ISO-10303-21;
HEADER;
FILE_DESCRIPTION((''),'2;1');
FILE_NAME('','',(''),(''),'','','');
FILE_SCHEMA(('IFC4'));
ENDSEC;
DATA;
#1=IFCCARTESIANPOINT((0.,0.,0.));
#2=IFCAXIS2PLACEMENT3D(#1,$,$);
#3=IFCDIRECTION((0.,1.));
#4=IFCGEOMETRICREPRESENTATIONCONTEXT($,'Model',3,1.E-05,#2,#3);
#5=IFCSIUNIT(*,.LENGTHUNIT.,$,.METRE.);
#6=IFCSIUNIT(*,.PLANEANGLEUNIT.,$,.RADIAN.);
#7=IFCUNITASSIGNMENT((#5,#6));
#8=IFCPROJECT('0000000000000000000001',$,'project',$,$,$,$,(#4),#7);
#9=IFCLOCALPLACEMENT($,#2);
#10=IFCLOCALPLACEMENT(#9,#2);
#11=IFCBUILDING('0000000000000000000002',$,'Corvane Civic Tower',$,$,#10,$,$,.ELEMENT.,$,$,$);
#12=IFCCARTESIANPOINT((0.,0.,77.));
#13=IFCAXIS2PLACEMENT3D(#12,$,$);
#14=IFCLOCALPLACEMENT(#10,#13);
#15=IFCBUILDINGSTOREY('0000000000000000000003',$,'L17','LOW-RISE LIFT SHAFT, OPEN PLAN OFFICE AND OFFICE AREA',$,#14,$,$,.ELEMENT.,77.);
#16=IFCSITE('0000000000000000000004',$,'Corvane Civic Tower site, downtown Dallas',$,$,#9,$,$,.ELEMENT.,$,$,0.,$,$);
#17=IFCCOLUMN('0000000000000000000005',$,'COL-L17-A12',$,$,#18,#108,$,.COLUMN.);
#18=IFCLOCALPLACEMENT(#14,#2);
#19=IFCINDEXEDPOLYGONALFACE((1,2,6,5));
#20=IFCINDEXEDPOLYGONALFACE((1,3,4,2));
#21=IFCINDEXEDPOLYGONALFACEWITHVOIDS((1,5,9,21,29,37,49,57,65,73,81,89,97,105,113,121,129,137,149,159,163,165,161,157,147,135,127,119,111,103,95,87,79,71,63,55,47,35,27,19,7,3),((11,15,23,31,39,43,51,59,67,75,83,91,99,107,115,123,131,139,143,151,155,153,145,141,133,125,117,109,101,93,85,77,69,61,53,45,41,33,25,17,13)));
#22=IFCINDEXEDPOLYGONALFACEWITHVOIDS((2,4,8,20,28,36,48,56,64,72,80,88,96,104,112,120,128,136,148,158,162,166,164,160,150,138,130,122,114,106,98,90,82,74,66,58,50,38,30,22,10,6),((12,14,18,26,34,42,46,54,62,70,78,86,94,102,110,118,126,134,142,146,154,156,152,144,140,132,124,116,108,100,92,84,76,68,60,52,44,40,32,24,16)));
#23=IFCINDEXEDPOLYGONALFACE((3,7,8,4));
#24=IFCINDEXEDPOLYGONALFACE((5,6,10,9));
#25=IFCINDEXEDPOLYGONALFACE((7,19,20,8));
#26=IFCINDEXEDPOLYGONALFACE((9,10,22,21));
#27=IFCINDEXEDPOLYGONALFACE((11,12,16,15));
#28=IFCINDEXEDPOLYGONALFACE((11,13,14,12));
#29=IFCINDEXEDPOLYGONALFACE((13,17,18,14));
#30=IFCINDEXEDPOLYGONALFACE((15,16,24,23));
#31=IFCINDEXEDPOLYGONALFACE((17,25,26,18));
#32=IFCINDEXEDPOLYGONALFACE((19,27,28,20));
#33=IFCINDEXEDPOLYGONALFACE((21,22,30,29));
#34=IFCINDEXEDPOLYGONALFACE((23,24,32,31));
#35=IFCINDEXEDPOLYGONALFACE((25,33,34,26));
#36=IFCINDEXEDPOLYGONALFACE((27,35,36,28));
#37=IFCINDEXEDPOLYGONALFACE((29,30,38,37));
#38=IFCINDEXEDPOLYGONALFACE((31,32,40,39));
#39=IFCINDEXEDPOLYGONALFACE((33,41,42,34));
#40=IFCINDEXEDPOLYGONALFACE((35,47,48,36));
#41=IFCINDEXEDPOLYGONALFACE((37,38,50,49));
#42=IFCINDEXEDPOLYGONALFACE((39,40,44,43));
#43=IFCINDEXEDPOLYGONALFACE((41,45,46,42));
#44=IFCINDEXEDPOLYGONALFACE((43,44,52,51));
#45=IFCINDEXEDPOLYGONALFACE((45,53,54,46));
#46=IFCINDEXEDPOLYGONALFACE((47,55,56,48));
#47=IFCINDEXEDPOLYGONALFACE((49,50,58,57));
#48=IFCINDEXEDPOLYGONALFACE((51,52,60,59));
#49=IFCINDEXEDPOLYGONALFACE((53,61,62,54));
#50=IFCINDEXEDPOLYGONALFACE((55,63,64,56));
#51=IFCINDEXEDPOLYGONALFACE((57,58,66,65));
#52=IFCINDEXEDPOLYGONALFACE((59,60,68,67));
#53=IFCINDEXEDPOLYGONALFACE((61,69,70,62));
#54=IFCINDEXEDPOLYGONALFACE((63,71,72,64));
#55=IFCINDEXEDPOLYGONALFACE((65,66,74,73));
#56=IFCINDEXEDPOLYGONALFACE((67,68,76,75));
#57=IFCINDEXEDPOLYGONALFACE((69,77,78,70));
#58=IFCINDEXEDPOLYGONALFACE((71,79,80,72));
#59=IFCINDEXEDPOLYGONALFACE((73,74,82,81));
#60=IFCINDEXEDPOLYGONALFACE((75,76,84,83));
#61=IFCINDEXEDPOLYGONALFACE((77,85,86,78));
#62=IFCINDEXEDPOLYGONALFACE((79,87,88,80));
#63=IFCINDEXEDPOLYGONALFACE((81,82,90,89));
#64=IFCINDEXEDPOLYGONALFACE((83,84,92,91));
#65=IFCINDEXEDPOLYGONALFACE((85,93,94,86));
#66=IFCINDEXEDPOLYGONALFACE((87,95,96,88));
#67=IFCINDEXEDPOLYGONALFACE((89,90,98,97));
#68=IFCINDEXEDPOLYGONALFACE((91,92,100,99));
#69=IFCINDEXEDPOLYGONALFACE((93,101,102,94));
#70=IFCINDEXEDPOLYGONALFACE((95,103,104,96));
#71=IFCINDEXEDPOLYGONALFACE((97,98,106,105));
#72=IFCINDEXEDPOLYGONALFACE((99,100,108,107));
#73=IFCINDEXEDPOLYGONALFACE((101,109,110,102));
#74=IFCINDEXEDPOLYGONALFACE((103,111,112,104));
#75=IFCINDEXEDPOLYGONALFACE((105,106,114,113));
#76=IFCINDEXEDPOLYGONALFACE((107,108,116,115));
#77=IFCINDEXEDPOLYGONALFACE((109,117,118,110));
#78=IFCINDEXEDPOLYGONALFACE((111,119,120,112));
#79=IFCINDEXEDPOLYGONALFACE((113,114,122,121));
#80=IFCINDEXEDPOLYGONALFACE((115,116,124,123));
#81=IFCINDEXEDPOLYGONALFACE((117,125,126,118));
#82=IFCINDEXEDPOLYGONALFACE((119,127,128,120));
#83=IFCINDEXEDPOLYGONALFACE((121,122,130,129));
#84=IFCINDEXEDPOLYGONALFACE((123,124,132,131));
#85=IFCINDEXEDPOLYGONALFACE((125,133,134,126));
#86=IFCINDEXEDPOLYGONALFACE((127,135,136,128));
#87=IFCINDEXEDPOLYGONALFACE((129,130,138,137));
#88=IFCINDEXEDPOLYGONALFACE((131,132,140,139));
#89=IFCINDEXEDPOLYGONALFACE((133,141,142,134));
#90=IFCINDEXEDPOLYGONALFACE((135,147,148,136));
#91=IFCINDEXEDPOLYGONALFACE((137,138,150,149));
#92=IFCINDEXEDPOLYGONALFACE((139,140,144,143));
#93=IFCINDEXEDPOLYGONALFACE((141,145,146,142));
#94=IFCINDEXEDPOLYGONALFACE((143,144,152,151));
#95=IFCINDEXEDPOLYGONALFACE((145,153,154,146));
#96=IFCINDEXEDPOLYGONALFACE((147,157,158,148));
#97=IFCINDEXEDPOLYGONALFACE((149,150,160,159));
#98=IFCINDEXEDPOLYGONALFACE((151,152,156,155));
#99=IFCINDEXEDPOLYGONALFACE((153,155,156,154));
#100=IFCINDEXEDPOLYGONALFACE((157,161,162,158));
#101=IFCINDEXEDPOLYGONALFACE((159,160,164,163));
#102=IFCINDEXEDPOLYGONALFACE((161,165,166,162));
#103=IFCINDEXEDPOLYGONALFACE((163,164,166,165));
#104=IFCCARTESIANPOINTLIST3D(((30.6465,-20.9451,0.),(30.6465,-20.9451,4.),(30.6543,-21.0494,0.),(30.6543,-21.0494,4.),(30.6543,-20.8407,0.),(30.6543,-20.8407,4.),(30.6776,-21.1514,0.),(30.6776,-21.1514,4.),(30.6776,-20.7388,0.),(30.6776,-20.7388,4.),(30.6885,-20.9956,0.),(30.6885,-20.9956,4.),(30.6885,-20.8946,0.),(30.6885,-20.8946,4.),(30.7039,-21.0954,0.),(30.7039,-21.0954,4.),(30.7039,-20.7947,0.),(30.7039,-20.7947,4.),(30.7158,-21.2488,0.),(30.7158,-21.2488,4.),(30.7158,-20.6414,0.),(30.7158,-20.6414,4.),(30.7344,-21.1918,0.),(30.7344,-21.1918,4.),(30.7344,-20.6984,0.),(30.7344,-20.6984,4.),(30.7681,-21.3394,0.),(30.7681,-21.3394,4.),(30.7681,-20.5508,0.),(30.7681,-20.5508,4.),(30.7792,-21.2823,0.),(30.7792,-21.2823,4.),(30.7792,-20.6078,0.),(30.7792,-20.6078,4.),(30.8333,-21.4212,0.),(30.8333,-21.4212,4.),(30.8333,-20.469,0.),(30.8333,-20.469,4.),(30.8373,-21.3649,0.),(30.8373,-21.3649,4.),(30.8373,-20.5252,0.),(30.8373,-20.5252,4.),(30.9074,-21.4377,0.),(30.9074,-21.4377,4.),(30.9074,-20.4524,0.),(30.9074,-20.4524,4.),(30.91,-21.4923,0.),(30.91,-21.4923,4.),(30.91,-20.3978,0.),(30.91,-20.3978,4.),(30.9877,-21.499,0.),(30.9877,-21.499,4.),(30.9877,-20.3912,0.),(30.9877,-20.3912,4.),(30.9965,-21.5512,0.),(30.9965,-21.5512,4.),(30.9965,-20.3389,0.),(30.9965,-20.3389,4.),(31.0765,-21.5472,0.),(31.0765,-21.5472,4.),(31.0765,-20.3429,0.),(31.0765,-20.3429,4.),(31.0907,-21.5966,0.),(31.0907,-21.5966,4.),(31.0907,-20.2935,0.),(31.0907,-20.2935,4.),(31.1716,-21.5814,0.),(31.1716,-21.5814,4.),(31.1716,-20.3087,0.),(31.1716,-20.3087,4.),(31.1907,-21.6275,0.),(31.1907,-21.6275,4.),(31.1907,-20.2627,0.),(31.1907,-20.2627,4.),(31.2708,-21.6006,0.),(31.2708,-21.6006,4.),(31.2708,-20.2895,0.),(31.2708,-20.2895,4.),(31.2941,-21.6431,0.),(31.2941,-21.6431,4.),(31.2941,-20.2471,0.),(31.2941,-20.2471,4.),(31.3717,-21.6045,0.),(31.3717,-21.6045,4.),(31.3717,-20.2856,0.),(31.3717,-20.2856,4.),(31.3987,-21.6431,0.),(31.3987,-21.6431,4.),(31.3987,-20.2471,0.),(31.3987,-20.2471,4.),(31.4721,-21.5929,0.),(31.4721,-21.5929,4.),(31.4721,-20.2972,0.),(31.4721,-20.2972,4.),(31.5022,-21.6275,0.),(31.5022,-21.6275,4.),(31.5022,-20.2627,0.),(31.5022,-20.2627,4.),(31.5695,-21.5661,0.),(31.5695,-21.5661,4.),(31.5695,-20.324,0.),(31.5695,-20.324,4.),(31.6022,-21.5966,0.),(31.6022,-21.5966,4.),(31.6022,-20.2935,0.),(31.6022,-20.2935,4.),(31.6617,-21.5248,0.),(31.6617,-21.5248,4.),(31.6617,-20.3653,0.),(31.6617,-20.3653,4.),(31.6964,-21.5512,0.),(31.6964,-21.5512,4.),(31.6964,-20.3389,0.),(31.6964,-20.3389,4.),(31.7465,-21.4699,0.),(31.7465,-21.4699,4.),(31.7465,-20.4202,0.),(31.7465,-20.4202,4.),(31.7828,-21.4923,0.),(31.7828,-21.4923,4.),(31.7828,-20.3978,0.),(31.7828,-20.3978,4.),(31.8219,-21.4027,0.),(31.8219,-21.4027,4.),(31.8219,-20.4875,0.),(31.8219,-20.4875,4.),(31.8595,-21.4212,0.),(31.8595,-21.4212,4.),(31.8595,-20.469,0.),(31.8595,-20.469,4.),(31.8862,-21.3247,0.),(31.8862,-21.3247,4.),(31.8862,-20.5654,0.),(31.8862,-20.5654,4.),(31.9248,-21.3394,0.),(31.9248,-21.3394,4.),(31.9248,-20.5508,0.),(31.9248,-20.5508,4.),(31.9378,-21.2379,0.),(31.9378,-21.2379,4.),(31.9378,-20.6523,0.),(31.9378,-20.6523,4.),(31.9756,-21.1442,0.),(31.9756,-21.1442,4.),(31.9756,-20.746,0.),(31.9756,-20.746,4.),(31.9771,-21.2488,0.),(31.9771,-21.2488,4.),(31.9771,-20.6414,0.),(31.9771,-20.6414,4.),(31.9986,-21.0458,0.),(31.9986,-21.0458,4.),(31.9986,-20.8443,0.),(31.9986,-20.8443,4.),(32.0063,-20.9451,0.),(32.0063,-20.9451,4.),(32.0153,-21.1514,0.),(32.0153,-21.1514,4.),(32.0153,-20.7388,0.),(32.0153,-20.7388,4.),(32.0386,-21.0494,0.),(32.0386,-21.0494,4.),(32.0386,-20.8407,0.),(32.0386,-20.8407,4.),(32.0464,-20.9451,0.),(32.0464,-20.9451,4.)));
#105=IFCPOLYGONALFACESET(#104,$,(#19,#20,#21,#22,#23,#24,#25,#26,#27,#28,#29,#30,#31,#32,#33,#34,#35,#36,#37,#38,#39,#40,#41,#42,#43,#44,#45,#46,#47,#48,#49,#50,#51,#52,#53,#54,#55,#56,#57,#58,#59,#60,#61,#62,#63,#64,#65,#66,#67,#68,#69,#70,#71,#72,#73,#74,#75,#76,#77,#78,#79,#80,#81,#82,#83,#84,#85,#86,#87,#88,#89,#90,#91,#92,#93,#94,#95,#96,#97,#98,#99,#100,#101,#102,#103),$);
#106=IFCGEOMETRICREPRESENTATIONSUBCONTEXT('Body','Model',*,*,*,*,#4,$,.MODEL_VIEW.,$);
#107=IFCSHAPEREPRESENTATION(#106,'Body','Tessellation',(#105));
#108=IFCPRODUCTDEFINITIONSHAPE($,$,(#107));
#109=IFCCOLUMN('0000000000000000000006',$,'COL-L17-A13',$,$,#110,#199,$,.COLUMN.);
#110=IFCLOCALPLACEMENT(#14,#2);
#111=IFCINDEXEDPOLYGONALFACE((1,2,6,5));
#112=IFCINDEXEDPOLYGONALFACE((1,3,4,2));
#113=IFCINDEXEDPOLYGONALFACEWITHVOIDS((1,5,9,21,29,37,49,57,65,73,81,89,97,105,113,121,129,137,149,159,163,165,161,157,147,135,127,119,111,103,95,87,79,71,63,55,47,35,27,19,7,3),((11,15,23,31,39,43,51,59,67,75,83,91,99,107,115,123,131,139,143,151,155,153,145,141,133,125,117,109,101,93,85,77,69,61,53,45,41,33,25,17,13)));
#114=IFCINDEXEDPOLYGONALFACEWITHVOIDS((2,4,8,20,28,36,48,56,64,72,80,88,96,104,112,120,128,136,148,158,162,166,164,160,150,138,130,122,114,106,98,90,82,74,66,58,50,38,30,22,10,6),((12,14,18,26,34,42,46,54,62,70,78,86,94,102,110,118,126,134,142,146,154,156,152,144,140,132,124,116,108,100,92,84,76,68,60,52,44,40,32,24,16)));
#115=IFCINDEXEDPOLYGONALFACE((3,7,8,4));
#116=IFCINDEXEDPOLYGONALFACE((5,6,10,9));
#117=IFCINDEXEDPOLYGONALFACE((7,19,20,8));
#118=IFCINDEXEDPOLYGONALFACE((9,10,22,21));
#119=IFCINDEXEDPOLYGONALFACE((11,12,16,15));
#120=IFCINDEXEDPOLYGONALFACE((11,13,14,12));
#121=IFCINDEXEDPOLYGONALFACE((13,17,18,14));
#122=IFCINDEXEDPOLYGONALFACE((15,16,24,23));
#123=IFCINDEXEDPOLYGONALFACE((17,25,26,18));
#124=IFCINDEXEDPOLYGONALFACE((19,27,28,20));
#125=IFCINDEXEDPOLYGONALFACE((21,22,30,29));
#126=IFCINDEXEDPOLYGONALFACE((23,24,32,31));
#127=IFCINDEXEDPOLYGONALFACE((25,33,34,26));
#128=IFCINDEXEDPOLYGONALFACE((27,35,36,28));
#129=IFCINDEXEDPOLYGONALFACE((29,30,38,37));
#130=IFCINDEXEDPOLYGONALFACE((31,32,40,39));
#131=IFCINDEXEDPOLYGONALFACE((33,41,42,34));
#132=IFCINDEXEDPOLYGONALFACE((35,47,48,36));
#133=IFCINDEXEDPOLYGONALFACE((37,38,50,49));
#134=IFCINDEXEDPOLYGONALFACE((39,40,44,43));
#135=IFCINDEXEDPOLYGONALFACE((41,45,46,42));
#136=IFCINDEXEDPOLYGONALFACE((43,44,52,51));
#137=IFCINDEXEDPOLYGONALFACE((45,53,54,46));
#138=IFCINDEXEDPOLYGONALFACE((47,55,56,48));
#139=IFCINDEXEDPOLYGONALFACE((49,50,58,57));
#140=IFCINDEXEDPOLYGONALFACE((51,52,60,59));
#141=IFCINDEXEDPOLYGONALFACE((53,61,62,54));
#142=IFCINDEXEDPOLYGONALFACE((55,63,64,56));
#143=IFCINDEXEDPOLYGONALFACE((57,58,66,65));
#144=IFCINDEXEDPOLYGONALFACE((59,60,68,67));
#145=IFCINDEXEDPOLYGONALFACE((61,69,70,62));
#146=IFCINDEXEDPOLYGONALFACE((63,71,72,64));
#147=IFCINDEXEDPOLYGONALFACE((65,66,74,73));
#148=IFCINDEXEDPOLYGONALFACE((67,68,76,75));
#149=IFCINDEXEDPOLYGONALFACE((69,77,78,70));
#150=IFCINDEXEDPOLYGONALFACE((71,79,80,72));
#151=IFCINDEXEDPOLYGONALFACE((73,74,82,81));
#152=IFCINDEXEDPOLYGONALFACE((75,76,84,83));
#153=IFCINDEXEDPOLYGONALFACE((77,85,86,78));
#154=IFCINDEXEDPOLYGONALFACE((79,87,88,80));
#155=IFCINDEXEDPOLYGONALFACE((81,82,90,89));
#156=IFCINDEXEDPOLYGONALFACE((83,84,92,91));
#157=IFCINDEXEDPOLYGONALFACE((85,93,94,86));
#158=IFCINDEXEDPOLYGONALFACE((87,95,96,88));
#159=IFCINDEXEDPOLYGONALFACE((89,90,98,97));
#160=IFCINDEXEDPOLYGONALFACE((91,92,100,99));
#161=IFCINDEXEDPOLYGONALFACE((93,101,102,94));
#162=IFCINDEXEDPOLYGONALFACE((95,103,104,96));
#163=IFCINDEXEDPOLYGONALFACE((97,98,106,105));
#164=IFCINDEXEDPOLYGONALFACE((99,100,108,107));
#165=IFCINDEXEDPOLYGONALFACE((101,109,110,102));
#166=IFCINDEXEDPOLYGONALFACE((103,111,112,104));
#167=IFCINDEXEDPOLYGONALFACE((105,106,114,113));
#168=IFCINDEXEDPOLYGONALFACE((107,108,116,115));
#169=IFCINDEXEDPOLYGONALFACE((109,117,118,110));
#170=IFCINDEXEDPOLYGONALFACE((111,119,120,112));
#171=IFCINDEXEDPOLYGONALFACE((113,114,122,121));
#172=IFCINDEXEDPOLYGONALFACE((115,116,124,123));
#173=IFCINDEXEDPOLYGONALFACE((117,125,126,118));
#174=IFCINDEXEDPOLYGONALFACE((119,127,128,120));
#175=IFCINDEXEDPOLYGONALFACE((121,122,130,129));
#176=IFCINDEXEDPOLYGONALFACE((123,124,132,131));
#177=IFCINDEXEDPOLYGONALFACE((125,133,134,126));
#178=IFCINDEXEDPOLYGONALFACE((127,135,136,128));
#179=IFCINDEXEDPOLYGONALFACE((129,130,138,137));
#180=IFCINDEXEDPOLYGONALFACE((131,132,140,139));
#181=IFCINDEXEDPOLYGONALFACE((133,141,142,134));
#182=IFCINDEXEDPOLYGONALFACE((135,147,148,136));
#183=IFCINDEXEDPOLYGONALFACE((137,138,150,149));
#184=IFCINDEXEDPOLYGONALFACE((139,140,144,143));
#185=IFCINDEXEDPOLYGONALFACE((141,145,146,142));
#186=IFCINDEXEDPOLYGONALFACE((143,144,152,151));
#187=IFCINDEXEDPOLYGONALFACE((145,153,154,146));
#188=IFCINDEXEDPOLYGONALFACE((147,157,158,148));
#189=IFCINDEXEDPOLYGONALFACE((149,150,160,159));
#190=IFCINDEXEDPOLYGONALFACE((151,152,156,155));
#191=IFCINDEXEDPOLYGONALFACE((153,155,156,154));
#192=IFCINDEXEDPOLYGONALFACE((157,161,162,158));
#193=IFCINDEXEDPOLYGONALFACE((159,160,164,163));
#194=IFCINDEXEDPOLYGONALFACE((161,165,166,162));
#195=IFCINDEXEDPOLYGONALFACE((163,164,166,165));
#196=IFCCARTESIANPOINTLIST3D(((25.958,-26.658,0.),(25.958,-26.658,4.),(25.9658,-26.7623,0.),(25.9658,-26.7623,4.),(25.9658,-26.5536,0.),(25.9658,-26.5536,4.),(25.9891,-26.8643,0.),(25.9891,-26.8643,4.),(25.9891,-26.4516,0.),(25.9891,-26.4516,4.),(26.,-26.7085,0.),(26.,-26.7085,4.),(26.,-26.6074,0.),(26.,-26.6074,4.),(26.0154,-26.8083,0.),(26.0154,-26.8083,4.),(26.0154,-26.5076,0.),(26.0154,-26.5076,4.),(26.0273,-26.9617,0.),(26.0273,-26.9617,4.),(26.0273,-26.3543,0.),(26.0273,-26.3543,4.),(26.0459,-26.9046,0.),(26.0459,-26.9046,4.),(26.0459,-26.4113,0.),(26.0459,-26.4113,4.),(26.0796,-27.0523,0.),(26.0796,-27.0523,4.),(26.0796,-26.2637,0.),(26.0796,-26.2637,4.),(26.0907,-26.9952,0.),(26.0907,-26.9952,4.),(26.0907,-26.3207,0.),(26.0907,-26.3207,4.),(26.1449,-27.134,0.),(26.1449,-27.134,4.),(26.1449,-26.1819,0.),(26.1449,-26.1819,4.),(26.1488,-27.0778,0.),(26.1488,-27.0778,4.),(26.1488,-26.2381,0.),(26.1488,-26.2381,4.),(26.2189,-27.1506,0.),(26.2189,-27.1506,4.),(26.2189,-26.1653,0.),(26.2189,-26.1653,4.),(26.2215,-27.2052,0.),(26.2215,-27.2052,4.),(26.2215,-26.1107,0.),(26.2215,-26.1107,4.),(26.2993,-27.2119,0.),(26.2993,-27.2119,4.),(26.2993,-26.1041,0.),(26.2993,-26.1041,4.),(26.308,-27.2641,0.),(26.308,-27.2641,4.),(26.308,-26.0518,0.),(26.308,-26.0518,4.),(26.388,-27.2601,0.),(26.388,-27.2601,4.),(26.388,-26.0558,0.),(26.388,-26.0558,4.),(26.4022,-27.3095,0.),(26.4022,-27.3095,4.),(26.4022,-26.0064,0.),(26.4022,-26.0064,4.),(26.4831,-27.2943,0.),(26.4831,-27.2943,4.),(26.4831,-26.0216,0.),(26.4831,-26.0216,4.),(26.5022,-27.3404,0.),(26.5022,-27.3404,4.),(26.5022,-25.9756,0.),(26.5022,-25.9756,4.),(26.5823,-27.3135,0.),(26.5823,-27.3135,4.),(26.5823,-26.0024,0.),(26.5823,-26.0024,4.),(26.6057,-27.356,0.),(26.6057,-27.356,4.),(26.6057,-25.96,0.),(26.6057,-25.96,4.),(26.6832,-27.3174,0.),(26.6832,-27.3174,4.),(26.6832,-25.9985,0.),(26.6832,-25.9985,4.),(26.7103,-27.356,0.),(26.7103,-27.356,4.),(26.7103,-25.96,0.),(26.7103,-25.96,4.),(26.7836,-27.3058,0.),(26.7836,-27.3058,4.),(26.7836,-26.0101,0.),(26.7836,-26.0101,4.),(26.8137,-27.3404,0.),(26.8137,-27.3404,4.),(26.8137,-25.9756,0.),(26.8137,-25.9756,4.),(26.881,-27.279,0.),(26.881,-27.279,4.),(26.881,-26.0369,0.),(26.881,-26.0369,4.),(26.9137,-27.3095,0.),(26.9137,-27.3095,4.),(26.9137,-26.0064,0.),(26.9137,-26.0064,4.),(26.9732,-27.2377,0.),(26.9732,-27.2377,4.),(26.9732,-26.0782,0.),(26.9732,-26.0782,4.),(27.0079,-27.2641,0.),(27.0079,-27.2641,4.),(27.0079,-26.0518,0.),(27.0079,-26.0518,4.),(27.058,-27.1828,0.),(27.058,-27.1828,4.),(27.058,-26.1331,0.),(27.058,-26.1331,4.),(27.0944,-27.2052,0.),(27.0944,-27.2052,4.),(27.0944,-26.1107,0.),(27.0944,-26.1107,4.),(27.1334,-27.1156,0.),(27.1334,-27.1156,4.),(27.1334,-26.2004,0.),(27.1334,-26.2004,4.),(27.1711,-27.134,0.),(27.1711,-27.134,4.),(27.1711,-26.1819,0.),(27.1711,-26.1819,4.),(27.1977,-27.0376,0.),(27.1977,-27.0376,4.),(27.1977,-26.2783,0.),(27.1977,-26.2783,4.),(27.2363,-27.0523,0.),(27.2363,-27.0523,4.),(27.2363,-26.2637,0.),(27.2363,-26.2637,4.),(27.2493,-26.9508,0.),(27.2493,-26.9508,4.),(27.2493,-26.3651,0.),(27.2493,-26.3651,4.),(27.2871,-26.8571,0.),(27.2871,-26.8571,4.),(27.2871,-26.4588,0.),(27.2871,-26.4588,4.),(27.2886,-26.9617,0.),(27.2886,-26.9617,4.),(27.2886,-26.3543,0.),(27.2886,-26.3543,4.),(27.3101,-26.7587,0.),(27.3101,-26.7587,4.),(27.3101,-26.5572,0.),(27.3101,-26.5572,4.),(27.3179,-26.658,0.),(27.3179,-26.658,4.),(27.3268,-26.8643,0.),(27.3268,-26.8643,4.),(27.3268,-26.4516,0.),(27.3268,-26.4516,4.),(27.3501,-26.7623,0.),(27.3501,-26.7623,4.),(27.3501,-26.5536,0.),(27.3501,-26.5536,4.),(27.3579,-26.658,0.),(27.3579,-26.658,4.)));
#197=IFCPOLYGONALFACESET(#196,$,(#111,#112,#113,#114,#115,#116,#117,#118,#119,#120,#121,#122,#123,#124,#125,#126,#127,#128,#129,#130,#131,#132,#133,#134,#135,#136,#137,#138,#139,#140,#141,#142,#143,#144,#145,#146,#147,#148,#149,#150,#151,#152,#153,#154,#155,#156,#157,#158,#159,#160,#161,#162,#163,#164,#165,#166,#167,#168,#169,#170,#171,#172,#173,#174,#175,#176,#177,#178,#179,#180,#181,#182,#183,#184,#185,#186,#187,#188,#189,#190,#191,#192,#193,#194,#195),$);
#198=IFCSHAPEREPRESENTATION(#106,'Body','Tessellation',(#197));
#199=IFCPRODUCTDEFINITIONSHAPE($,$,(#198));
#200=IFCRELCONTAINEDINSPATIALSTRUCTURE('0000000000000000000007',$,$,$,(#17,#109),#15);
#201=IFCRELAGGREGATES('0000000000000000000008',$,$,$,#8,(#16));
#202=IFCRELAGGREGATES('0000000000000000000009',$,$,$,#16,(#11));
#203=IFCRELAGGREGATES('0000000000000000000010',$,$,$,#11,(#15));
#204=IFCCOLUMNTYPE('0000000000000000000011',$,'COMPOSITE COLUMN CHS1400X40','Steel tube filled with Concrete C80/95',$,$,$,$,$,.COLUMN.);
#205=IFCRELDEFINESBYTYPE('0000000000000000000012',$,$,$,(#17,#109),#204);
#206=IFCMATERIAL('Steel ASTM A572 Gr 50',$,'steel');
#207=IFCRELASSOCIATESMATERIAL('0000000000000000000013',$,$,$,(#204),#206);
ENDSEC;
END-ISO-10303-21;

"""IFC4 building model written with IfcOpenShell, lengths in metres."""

from ifc_helpers import new_model, si_unit, direction, frame, origin, origin_2d, place, context, subcontext, project, spatial, hollow_circle, extrude, material, material_profile, profile_set, type_object, element, save


model = new_model("IFC4")

# Units and contexts
model_context = context("Model", 3, precision=1e-05, world=origin(), true_north=direction((0.0, 1.0)))
body_context = subcontext(model_context, "Body", "Model", "MODEL_VIEW")
ifc_project = project(units=[si_unit("LENGTHUNIT", "METRE"), si_unit("PLANEANGLEUNIT", "RADIAN")], contexts=[model_context])

# Site, building, storey
site_placement = place(None, origin())
site = spatial("IfcSite", under=ifc_project, at=site_placement, Name="Corvane Civic Tower site, downtown Dallas", CompositionType="ELEMENT", RefElevation=0.0)
building_placement = place(site_placement, origin())
building = spatial("IfcBuilding", under=site, at=building_placement, Name="Corvane Civic Tower", CompositionType="ELEMENT")
storey_placement = place(building_placement, frame((0.0, 0.0, 77.0)))
storey = spatial("IfcBuildingStorey", under=building, at=storey_placement, Name="L17", Description="LOW-RISE LIFT SHAFT, OPEN PLAN OFFICE AND OFFICE AREA", CompositionType="ELEMENT", Elevation=77.0)

# Columns
ifc_material_1 = material(Name="Steel ASTM A572 Gr 50", Category="steel")
ifc_material_profile_1 = material_profile(ifc_material_1, hollow_circle(Radius=0.7, WallThickness=0.04, at=origin_2d()), Name="CHS1400X40")
ifc_profile_set_1 = profile_set([ifc_material_profile_1], Name="Steel ASTM A572 Gr 50")
column_type = type_object("IfcColumnType", Name="COMPOSITE COLUMN CHS1400X40", Description="Steel tube filled with Concrete C80/95", PredefinedType="COLUMN", material=ifc_profile_set_1)
for number, where, z_axis, x_axis, name in (
    (1, (31.3464, -20.9451, 0.0), (0.0, 0.0, 1.0), (1.0, 0.0, 0.0), "COL-L17-A12"),
    (2, (26.658, -26.658, 0.0), (0.0, 0.0, 1.0), (1.0, 0.0, 0.0), "COL-L17-A13"),
):
    element("IfcColumn", number, at=place(storey_placement, frame(where, z_axis=z_axis, x_axis=x_axis)), inside=storey, type_object=column_type, Name=name, PredefinedType="COLUMN", context=body_context, shape_type="SweptSolid", body=[
        extrude(hollow_circle(Radius=0.7, WallThickness=0.04, at=origin_2d()), origin(), (0.0, 0.0, 1.0), 4.0),
    ])

save(model, "model.ifc")
